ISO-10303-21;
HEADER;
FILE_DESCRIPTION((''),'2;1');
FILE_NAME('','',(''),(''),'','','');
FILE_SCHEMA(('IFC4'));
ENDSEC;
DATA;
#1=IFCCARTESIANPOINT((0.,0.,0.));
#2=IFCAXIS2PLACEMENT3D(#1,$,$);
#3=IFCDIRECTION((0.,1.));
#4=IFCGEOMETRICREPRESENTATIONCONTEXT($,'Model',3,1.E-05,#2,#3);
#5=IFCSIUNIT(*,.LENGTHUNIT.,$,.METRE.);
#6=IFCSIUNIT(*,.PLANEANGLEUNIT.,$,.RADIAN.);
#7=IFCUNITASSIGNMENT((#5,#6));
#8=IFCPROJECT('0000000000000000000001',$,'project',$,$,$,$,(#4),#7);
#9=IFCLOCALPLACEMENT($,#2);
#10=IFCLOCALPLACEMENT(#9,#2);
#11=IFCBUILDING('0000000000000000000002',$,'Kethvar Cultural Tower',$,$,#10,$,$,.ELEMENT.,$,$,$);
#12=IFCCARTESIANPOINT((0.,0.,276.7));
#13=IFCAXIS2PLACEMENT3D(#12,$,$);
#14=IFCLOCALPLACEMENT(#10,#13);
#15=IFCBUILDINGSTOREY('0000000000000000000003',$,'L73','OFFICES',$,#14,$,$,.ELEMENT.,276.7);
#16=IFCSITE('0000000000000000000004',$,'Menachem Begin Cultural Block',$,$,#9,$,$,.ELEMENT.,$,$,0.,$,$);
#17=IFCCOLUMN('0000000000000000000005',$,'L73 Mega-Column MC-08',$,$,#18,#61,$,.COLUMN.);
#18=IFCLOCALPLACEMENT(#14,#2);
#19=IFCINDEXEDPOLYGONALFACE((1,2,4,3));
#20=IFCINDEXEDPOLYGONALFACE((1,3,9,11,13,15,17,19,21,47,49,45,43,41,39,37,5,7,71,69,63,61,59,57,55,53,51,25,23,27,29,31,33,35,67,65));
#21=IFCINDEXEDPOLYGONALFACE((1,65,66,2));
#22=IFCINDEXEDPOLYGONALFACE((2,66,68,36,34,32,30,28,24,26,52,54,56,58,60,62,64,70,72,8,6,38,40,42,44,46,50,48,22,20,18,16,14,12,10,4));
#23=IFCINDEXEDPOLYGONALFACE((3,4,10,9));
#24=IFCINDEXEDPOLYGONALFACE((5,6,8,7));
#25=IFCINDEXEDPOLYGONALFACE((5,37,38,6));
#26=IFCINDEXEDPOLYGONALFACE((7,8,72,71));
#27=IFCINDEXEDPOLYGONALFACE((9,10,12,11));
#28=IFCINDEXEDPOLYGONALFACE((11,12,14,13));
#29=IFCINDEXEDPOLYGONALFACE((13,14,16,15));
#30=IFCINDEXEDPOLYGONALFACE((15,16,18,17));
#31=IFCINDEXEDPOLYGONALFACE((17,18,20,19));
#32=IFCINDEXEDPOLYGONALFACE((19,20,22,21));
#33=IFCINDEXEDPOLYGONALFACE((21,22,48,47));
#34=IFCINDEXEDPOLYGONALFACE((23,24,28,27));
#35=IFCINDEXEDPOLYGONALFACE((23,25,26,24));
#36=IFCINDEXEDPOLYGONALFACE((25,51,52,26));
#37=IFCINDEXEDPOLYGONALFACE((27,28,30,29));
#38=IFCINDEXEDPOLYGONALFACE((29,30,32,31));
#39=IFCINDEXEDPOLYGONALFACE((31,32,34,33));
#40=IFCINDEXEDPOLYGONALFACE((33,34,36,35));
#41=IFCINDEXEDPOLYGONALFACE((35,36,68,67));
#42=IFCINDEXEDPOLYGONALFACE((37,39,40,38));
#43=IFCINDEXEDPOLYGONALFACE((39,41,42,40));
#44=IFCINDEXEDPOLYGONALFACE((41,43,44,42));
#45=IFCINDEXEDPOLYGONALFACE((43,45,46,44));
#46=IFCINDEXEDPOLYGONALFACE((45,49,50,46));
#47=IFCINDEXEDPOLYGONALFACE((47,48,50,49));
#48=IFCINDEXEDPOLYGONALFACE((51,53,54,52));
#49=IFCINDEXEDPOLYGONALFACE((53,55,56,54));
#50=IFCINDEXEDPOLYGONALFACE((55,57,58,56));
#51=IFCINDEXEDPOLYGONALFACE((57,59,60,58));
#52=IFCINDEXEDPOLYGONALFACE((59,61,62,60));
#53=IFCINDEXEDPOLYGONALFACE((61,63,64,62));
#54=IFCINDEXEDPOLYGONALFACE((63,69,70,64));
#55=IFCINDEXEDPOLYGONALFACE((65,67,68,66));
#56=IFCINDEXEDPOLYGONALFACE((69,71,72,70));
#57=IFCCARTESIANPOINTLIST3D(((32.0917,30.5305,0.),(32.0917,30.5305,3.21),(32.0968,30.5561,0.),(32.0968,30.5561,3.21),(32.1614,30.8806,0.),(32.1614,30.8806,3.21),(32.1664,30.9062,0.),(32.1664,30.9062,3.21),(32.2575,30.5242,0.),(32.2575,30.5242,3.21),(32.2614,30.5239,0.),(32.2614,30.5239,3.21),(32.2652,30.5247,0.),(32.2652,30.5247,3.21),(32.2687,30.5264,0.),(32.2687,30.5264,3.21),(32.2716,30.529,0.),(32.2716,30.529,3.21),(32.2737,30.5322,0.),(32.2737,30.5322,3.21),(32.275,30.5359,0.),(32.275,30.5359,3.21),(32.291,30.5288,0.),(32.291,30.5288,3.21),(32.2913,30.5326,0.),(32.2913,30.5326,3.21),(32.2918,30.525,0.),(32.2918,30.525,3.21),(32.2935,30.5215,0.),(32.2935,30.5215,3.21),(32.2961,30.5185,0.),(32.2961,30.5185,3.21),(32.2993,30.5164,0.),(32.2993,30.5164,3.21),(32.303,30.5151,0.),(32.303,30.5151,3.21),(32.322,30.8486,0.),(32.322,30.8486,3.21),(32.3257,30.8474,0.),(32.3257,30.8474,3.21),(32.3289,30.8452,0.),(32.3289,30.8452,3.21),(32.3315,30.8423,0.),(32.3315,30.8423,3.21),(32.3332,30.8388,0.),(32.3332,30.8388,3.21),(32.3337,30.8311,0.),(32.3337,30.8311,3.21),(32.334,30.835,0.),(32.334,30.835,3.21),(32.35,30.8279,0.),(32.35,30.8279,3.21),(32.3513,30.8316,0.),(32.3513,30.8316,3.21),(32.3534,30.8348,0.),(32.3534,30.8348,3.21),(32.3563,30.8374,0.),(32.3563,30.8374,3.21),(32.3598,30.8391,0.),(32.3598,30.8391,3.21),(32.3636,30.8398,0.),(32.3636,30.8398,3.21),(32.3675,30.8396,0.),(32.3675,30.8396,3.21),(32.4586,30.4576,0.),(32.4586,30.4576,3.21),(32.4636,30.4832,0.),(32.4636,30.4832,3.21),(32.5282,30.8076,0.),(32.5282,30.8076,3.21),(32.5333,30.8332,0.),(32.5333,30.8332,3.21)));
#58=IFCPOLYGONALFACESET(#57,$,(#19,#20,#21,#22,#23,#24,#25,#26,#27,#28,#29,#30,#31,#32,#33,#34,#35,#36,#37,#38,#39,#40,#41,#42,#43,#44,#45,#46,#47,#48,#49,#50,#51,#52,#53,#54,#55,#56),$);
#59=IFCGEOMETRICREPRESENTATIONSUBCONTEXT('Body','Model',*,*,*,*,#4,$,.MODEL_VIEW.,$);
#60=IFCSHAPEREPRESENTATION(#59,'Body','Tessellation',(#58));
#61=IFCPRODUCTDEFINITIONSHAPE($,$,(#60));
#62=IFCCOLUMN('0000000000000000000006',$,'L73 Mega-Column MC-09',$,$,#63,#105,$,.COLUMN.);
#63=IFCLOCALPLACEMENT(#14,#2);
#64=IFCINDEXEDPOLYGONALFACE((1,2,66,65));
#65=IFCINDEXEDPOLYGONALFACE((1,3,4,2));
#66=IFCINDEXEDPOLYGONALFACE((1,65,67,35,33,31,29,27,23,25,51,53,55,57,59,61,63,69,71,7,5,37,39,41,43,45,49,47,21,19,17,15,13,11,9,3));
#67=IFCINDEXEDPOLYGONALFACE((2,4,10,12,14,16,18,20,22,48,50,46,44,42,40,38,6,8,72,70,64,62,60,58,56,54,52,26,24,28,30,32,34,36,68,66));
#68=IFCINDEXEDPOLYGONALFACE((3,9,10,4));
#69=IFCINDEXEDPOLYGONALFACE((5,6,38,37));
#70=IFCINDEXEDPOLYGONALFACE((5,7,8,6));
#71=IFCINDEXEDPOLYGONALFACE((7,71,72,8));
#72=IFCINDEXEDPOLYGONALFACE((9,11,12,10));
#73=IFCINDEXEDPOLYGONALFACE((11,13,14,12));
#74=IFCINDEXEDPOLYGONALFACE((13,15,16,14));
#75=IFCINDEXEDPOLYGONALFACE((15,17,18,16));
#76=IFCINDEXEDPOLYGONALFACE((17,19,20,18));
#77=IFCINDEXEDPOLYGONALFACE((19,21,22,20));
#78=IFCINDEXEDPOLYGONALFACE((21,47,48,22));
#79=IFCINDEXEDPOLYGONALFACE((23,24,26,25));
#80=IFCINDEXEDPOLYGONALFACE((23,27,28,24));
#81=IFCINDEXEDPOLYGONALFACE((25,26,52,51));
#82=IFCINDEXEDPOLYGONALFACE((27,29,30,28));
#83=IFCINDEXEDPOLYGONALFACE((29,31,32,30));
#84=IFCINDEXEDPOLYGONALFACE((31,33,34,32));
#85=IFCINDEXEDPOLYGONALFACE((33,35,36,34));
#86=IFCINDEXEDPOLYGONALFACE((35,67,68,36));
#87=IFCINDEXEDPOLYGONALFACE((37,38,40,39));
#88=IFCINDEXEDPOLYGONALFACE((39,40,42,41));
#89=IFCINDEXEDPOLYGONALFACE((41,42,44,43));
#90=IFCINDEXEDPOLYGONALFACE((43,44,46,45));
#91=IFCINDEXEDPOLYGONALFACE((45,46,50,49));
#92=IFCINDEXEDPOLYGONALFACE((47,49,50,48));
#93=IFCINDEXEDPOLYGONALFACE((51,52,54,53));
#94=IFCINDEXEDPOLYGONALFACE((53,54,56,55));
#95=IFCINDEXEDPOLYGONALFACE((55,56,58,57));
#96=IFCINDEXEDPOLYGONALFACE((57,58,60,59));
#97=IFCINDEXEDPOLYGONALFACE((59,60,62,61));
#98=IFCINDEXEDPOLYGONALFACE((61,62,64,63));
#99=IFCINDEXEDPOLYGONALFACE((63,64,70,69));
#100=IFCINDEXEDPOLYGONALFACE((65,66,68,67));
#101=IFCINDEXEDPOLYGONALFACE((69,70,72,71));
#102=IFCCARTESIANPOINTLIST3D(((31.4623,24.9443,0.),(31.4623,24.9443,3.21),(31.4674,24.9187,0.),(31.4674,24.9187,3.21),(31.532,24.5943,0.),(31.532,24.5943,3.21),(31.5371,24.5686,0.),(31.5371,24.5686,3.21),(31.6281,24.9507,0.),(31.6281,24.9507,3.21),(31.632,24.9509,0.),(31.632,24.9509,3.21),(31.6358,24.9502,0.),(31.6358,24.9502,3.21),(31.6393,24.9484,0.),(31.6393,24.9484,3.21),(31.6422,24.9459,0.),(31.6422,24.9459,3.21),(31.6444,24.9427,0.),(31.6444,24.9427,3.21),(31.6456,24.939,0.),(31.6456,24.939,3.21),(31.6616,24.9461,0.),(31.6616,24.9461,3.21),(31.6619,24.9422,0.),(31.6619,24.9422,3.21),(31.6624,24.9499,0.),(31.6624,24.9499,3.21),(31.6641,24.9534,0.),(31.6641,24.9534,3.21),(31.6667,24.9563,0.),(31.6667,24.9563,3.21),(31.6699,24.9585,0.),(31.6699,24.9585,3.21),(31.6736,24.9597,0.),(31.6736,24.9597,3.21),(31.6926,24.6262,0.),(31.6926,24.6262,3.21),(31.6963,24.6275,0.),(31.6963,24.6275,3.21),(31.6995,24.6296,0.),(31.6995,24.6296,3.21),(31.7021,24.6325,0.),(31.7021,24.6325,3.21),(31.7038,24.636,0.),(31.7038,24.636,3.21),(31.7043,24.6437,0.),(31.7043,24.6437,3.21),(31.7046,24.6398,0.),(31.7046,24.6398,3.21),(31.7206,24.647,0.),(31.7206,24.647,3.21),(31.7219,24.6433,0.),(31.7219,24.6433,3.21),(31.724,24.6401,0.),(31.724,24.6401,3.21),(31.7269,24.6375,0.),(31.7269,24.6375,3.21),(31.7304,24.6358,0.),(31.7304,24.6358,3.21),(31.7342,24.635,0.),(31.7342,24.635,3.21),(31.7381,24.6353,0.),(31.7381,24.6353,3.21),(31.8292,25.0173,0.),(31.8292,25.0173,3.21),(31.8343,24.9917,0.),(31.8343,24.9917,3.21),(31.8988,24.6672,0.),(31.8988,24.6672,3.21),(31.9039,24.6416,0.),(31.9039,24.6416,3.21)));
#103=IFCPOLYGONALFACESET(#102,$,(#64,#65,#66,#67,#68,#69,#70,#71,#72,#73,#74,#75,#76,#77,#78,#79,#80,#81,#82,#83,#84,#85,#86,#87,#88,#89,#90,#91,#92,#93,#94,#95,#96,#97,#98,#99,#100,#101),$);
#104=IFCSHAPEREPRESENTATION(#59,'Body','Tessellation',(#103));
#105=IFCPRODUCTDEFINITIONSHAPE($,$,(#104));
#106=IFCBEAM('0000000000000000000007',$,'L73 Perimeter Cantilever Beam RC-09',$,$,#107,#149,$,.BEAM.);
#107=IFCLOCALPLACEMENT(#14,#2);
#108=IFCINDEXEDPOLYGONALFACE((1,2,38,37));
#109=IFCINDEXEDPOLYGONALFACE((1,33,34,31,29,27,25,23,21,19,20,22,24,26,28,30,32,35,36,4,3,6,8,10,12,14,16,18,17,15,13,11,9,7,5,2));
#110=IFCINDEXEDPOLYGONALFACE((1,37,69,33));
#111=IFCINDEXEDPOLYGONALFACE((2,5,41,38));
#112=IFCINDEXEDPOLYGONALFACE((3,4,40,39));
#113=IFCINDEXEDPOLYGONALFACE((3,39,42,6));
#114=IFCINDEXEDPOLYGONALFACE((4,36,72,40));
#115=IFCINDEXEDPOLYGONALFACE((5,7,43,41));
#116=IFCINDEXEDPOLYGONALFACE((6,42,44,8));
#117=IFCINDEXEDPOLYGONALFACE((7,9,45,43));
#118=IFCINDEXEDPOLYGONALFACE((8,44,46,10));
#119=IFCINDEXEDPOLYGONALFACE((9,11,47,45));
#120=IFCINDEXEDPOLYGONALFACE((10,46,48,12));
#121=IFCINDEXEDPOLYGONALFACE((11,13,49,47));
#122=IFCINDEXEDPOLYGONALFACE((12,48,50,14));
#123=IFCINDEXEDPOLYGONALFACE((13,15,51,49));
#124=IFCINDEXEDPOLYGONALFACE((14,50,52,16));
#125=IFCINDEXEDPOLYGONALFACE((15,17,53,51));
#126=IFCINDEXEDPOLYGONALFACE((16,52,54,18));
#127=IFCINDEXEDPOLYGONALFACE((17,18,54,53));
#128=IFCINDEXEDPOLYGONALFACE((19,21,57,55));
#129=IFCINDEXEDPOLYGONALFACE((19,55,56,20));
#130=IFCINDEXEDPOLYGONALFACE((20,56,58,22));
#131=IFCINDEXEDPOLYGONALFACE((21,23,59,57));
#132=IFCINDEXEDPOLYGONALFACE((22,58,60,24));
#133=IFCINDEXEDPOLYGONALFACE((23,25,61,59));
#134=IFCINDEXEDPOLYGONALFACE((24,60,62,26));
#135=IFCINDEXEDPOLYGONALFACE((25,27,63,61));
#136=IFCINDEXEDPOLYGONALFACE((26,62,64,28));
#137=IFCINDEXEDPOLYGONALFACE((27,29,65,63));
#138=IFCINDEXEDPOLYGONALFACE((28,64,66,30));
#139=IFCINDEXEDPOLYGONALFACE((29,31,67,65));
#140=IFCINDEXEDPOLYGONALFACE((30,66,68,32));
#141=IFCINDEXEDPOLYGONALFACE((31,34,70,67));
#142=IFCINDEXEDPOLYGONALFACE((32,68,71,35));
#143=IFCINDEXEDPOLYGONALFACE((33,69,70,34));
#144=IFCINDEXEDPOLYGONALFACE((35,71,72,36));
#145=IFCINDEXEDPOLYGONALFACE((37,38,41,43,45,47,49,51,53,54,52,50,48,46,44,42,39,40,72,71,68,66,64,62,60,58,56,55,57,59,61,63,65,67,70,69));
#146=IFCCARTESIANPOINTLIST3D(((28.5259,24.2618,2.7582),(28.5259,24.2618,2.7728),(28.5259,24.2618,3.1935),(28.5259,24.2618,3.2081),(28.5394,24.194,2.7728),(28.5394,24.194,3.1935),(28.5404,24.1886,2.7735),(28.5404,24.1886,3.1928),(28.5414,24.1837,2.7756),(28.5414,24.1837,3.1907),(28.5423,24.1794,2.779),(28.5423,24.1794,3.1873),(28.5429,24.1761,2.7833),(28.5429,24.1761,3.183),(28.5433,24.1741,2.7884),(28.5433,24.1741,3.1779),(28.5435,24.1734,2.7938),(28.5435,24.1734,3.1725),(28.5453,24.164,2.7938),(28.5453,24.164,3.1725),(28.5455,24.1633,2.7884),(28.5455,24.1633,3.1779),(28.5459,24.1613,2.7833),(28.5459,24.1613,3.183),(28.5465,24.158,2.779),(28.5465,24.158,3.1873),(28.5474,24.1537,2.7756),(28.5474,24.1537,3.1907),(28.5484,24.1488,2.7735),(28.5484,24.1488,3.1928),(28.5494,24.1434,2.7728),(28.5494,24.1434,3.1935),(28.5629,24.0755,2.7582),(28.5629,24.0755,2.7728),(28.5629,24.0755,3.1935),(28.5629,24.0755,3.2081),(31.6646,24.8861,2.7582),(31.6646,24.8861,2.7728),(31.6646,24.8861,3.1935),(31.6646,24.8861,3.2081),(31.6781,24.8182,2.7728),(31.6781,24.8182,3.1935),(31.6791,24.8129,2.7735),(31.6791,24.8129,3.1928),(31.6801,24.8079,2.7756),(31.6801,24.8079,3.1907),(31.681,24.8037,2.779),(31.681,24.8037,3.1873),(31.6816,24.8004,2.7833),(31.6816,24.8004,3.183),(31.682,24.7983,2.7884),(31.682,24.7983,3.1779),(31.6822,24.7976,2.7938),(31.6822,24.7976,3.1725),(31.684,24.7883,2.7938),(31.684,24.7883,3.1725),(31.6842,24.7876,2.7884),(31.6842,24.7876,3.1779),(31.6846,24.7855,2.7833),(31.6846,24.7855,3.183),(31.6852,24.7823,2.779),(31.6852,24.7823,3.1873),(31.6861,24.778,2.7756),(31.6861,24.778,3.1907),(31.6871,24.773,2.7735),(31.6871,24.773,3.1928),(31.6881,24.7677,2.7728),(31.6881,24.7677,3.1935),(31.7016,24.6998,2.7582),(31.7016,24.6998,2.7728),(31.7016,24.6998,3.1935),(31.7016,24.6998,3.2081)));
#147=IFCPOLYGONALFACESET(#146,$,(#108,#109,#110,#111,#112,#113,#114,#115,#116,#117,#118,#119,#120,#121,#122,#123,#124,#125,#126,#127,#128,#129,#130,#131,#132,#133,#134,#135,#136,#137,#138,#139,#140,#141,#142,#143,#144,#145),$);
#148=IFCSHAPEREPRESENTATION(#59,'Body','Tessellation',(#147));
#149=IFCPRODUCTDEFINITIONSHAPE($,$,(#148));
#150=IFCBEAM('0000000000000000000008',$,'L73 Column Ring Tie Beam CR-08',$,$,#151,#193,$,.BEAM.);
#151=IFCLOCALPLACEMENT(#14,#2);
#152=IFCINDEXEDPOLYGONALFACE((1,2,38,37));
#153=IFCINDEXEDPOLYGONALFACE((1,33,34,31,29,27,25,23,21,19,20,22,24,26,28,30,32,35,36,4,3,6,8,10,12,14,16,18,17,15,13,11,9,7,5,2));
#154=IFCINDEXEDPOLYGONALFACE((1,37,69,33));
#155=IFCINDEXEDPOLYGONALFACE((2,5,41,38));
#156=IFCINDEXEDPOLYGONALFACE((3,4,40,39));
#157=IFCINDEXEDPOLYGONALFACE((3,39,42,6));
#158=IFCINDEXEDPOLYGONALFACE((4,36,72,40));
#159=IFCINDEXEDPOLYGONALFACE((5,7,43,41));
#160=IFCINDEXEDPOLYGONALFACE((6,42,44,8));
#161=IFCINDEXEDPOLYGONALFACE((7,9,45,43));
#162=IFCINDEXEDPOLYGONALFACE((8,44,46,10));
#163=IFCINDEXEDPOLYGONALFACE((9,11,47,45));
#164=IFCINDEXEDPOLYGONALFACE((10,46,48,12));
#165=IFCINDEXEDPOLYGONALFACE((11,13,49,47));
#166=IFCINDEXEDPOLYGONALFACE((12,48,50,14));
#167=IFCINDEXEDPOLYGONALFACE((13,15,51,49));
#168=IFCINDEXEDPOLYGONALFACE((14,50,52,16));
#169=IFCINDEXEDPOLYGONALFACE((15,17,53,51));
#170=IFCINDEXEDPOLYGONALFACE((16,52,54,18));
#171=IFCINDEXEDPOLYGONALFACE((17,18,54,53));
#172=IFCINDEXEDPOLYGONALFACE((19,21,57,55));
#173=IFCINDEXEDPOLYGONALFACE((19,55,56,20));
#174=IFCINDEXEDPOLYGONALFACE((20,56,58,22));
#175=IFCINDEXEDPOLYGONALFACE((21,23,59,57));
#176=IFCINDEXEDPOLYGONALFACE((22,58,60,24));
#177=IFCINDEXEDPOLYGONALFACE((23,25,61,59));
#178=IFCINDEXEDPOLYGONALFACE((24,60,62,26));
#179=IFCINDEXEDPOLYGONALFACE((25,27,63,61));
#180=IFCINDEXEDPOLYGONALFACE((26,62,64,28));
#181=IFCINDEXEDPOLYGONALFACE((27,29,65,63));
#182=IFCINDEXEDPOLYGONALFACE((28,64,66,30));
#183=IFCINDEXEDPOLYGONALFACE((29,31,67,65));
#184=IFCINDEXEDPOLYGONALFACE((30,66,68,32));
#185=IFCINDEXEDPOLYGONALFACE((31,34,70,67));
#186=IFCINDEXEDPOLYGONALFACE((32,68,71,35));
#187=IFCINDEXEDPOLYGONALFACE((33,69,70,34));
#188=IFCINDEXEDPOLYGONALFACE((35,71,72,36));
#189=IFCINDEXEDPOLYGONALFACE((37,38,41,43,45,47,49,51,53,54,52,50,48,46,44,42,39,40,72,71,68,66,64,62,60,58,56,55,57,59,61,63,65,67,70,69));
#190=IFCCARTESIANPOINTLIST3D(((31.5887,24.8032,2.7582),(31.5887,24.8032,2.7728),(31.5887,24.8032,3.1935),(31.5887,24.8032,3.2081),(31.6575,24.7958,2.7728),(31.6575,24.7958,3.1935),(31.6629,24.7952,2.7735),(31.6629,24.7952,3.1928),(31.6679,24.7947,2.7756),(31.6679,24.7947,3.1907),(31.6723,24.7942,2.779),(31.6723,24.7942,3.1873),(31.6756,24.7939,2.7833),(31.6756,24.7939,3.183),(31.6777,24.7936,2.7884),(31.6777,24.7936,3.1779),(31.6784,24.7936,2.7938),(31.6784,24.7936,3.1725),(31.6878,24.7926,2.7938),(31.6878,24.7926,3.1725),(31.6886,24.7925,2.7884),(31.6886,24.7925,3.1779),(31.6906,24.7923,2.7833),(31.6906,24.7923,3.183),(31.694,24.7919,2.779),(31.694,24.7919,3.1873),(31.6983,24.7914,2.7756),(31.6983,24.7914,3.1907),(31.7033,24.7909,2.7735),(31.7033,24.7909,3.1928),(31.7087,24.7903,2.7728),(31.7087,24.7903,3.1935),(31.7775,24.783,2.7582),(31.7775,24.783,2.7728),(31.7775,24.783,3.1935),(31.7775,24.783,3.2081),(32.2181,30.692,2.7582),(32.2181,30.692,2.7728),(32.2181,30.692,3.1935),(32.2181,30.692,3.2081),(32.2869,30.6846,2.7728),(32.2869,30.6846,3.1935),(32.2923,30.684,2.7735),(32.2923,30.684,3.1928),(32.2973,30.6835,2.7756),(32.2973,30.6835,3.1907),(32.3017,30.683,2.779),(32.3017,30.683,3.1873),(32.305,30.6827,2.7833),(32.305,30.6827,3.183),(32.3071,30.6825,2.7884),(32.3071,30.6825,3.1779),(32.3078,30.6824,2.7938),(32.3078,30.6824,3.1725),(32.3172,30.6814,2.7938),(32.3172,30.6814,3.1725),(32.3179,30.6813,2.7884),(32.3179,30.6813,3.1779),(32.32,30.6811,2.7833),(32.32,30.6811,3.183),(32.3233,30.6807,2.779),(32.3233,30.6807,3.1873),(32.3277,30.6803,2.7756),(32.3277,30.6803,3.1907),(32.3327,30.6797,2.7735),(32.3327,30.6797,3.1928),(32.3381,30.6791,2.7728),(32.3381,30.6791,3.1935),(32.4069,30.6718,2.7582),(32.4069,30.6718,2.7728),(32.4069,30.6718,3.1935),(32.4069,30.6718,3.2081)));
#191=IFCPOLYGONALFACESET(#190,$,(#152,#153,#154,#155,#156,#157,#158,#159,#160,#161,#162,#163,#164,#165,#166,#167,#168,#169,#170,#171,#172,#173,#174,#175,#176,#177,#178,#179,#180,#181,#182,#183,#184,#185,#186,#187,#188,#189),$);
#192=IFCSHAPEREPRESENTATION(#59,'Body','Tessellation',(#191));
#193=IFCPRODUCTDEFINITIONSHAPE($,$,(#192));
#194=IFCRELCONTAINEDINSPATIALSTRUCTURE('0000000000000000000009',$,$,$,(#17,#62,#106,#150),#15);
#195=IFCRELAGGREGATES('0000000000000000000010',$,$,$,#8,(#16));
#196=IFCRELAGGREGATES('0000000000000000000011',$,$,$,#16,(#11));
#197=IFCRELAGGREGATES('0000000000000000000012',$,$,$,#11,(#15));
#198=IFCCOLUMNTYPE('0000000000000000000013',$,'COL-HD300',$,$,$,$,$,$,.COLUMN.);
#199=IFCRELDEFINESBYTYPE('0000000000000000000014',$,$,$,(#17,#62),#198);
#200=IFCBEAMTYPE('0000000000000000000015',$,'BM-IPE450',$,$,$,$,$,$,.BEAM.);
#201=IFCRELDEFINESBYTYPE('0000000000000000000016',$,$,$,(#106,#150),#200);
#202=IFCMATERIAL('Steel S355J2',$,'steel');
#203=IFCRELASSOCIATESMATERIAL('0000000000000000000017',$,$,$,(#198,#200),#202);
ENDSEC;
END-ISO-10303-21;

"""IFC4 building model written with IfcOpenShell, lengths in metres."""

from ifc_helpers import new_model, si_unit, direction, frame, origin, origin_2d, place, context, subcontext, project, spatial, i_section, extrude, source, transform, mapped, material, material_profile, profile_set, type_object, element, save


model = new_model("IFC4")

# Units and contexts
model_context = context("Model", 3, precision=1e-05, world=origin(), true_north=direction((0.0, 1.0)))
body_context = subcontext(model_context, "Body", "Model", "MODEL_VIEW")
ifc_project = project(units=[si_unit("LENGTHUNIT", "METRE"), si_unit("PLANEANGLEUNIT", "RADIAN")], contexts=[model_context])

# Site, building, storey
site_placement = place(None, origin())
site = spatial("IfcSite", under=ifc_project, at=site_placement, Name="Menachem Begin Cultural Block", CompositionType="ELEMENT", RefElevation=0.0)
building_placement = place(site_placement, origin())
building = spatial("IfcBuilding", under=site, at=building_placement, Name="Kethvar Cultural Tower", CompositionType="ELEMENT")
storey_placement = place(building_placement, frame((0.0, 0.0, 276.7)))
storey = spatial("IfcBuildingStorey", under=building, at=storey_placement, Name="L73", Description="OFFICES", CompositionType="ELEMENT", Elevation=276.7)

# Columns
ifc_material_1 = material(Name="Steel S355J2", Category="steel")
ifc_material_profile_1 = material_profile(ifc_material_1, i_section(OverallWidth=0.374, OverallDepth=0.3831, WebThickness=0.0166, FlangeThickness=0.0261, FilletRadius=0.0149, at=origin_2d()), Name="Steel S355J2 — HD360x300")
ifc_profile_set_1 = profile_set([ifc_material_profile_1], Name="Steel S355J2 — HD360x300")
column_type = type_object("IfcColumnType", Name="COL-HD300", PredefinedType="COLUMN", material=ifc_profile_set_1)
shared_shape_1 = source(origin(), body_context, "Body", "SweptSolid", [
    extrude(i_section(OverallWidth=0.374, OverallDepth=0.3831, WebThickness=0.0166, FlangeThickness=0.0261, FilletRadius=0.0149, at=origin_2d()), origin(), (0.0, 0.0, 1.0), 3.21),
])
for number, where, z_axis, x_axis, name in (
    (1, (32.3125, 30.6819, 0.0), (0.0, 0.0, 1.0), (-0.980785, 0.19509, 0.0), "L73 Mega-Column MC-08"),
    (2, (31.6831, 24.793, 0.0), (0.0, 0.0, 1.0), (-0.980785, -0.19509, 0.0), "L73 Mega-Column MC-09"),
):
    element("IfcColumn", number, at=place(storey_placement, frame(where, z_axis=z_axis, x_axis=x_axis)), inside=storey, type_object=column_type, Name=name, PredefinedType="COLUMN", context=body_context, shape_type="MappedRepresentation", body=[
        mapped(shared_shape_1, transform((0.0, 0.0, 0.0), scale=1.0)),
    ])

# Beams
ifc_material_profile_2 = material_profile(ifc_material_1, i_section(OverallWidth=0.1899, OverallDepth=0.45, WebThickness=0.0095, FlangeThickness=0.0146, FilletRadius=0.021, at=origin_2d()), Name="Steel S355J2 — IPE450")
ifc_profile_set_2 = profile_set([ifc_material_profile_2], Name="Steel S355J2 — IPE450")
beam_type_1 = type_object("IfcBeamType", Name="BM-IPE450", PredefinedType="BEAM", material=ifc_profile_set_2)
shared_shape_2 = source(origin(), body_context, "Body", "SweptSolid", [
    extrude(i_section(OverallWidth=0.1899, OverallDepth=0.45, WebThickness=0.0095, FlangeThickness=0.0146, FilletRadius=0.021, at=origin_2d()), origin(), (0.0, 0.0, 1.0), 3.2002),
])
beam_1_placement = place(storey_placement, frame((31.6831, 24.793, 2.9832), z_axis=(-0.980788, -0.195074, 0.0), x_axis=(0.195074, -0.980788, 0.0)))
element("IfcBeam", 3, at=beam_1_placement, inside=storey, type_object=beam_type_1, Name="L73 Perimeter Cantilever Beam RC-09", PredefinedType="BEAM", context=body_context, shape_type="MappedRepresentation", body=[
    mapped(shared_shape_2, transform((0.0, 0.0, 0.0), scale=1.0)),
])
shared_shape_3 = source(origin(), body_context, "Body", "SweptSolid", [
    extrude(i_section(OverallWidth=0.1899, OverallDepth=0.45, WebThickness=0.0095, FlangeThickness=0.0146, FilletRadius=0.021, at=origin_2d()), origin(), (0.0, 0.0, 1.0), 5.9224),
])
beam_2_placement = place(storey_placement, frame((32.3125, 30.6819, 2.9832), z_axis=(-0.106273, -0.994337, 0.0), x_axis=(0.994337, -0.106273, 0.0)))
element("IfcBeam", 4, at=beam_2_placement, inside=storey, type_object=beam_type_1, Name="L73 Column Ring Tie Beam CR-08", PredefinedType="BEAM", context=body_context, shape_type="MappedRepresentation", body=[
    mapped(shared_shape_3, transform((0.0, 0.0, 0.0), scale=1.0)),
])

save(model, "model.ifc")
